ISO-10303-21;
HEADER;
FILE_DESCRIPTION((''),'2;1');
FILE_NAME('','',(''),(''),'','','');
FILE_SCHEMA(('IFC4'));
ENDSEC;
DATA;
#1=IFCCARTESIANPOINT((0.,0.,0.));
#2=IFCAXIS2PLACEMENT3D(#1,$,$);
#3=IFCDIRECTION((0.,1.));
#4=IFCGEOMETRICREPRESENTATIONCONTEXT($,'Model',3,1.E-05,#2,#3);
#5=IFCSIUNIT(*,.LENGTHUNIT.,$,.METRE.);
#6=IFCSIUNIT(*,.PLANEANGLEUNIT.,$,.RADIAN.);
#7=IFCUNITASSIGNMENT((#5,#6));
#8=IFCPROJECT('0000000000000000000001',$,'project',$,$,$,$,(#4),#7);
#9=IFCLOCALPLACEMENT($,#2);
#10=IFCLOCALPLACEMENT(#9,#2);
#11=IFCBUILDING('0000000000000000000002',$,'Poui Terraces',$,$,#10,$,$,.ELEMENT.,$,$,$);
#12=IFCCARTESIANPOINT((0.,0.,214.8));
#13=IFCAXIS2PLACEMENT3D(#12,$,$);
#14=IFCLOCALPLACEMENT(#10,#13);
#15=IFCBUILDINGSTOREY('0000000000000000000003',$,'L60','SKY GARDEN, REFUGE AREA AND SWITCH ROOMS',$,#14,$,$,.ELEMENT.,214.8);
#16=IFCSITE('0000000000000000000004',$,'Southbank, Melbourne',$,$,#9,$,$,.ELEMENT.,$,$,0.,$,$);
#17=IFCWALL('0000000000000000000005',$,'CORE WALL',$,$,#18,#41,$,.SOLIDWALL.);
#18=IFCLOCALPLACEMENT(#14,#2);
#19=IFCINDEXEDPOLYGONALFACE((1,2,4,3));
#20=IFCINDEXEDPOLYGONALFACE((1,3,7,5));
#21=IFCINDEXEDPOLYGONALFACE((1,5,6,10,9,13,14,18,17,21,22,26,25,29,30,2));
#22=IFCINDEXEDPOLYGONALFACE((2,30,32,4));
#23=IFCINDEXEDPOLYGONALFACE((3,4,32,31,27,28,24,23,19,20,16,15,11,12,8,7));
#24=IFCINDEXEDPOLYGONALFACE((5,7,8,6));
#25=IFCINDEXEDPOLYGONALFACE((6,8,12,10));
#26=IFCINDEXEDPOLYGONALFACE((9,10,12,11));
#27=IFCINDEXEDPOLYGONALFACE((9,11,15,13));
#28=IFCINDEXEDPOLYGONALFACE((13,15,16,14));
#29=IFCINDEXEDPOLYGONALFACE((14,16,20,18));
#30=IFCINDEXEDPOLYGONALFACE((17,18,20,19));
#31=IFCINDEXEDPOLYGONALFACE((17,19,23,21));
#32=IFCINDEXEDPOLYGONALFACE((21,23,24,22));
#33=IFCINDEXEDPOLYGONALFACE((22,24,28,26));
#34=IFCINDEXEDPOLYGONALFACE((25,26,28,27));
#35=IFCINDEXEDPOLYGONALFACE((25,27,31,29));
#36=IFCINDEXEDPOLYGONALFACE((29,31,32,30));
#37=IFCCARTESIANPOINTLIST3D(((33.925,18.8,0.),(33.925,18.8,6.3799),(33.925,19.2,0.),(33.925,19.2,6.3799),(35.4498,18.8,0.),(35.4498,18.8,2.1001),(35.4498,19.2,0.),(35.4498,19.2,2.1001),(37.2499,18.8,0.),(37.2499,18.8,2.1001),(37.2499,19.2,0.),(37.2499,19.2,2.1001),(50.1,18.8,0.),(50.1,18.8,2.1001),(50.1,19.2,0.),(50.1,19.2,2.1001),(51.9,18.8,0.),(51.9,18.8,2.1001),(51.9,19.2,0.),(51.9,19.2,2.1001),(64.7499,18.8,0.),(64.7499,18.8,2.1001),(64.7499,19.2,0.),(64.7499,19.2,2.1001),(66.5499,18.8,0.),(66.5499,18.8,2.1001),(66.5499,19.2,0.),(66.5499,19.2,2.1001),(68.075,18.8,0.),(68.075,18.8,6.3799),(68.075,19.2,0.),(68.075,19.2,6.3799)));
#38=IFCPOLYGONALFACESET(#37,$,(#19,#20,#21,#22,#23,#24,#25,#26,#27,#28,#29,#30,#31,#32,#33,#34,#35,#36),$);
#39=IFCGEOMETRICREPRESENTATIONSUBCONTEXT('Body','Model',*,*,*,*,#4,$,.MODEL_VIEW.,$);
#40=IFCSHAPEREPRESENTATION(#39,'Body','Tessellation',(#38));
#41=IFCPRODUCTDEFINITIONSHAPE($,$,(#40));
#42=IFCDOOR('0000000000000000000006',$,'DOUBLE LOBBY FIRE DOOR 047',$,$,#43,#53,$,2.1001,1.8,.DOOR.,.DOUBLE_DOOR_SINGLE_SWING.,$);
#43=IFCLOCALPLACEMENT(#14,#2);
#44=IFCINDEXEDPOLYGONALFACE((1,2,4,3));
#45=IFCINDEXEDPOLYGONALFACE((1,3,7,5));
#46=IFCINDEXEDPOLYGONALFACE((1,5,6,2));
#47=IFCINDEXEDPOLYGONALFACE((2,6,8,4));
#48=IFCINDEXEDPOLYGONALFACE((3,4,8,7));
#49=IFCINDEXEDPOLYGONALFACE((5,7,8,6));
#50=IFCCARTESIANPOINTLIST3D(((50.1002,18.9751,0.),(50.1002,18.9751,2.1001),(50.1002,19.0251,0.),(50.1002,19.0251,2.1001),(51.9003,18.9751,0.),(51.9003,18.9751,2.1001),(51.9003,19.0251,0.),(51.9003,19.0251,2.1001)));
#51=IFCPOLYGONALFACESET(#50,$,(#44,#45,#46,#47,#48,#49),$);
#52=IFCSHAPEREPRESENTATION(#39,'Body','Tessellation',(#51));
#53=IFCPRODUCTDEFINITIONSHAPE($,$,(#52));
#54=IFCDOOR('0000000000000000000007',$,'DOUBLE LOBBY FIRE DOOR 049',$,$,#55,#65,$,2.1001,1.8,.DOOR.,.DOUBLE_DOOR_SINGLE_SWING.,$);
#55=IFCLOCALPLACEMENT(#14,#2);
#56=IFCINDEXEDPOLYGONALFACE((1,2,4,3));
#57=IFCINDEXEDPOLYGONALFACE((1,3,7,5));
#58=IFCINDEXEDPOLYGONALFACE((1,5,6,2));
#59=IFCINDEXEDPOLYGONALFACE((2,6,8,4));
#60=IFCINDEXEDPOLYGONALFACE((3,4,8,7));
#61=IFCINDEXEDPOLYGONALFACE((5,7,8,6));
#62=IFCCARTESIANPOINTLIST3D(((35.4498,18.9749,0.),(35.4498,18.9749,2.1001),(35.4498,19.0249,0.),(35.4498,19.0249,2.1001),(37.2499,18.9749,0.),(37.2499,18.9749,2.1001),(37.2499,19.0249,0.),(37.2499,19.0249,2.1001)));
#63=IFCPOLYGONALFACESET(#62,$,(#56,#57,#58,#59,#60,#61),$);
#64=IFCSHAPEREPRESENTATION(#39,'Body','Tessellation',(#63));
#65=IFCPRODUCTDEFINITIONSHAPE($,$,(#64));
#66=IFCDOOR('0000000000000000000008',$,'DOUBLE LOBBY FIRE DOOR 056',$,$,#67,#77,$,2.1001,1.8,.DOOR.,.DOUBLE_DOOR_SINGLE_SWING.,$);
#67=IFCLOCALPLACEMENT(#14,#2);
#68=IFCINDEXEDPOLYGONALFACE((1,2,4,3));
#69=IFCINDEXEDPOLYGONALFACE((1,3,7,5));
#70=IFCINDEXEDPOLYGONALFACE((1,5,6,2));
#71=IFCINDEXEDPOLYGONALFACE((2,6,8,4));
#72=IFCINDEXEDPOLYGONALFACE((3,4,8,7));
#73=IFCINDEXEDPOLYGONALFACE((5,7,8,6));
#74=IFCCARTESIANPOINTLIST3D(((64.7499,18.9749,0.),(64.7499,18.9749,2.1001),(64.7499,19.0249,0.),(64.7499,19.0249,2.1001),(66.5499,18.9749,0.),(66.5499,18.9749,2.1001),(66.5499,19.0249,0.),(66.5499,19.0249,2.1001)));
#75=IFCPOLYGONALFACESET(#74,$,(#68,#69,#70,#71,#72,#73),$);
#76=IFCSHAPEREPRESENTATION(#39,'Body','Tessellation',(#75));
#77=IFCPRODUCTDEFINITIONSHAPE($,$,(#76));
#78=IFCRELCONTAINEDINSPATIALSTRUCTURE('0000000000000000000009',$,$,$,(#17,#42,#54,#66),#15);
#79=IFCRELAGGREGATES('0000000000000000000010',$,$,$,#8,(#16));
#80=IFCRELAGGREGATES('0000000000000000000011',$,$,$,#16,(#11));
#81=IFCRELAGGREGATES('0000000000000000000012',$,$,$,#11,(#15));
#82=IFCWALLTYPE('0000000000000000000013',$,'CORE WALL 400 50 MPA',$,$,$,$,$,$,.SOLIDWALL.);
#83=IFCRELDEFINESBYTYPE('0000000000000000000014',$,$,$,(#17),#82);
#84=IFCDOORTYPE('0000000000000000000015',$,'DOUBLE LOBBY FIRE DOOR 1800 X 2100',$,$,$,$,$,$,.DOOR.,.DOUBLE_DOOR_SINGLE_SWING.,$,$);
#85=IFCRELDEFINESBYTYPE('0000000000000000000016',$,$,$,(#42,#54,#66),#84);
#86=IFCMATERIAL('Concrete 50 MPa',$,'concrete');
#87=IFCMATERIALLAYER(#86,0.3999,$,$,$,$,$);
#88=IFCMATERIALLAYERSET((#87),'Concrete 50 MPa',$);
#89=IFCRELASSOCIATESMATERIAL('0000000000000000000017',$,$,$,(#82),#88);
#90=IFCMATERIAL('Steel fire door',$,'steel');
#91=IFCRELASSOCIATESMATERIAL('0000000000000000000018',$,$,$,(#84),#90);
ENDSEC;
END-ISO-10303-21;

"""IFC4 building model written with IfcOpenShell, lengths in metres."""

from ifc_helpers import new_model, si_unit, direction, frame, frame_2d, origin, place, context, subcontext, project, spatial, rectangle, extrude, material, layer, layer_set, type_object, element, fill, save


model = new_model("IFC4")

# Units and contexts
model_context = context("Model", 3, precision=1e-05, world=origin(), true_north=direction((0.0, 1.0)))
body_context = subcontext(model_context, "Body", "Model", "MODEL_VIEW")
ifc_project = project(units=[si_unit("LENGTHUNIT", "METRE"), si_unit("PLANEANGLEUNIT", "RADIAN")], contexts=[model_context])

# Site, building, storey
site_placement = place(None, origin())
site = spatial("IfcSite", under=ifc_project, at=site_placement, Name="Southbank, Melbourne", CompositionType="ELEMENT", RefElevation=0.0)
building_placement = place(site_placement, origin())
building = spatial("IfcBuilding", under=site, at=building_placement, Name="Poui Terraces", CompositionType="ELEMENT")
storey_placement = place(building_placement, frame((0.0, 0.0, 214.8)))
storey = spatial("IfcBuildingStorey", under=building, at=storey_placement, Name="L60", Description="SKY GARDEN, REFUGE AREA AND SWITCH ROOMS", CompositionType="ELEMENT", Elevation=214.8)

# Wall, openings, doors
ifc_material_1 = material(Name="Concrete 50 MPa", Category="concrete")
ifc_layer_1 = layer(ifc_material_1, 0.3999)
ifc_layer_set_1 = layer_set([ifc_layer_1], Name="Concrete 50 MPa")
wall_type_1 = type_object("IfcWallType", Name="CORE WALL 400 50 MPA", PredefinedType="SOLIDWALL", material=ifc_layer_set_1)
wall_1_placement = place(storey_placement, frame((33.925, 19.0, 0.0), z_axis=(0.0, 0.0, 1.0), x_axis=(1.0, 0.0, 0.0)))
wall_1 = element("IfcWall", 1, at=wall_1_placement, inside=storey, type_object=wall_type_1, Name="CORE WALL", PredefinedType="SOLIDWALL", context=body_context, shape_type="SweptSolid", body=[
    extrude(rectangle(XDim=34.1499, YDim=0.3999, at=frame_2d((17.075, 0.0))), origin(), (0.0, 0.0, 1.0), 6.3799),
])
opening_1_placement = place(wall_1_placement, frame((16.175, 0.0, 0.0)))
opening_1 = element("IfcOpeningElement", 2, at=opening_1_placement, cuts=wall_1, PredefinedType="OPENING", context=body_context, shape_type="SweptSolid", body=[
    extrude(rectangle(XDim=1.8, YDim=2.1001, at=frame_2d((0.8999, 1.05))), frame((0.0, 0.21, 0.0), z_axis=(0.0, -1.0, 0.0), x_axis=(1.0, 0.0, 0.0)), (0.0, 0.0, 1.0), 0.4199),
])
opening_2_placement = place(wall_1_placement, frame((1.5249, 0.0, 0.0)))
opening_2 = element("IfcOpeningElement", 3, at=opening_2_placement, cuts=wall_1, PredefinedType="OPENING", context=body_context, shape_type="SweptSolid", body=[
    extrude(rectangle(XDim=1.8, YDim=2.1001, at=frame_2d((0.8999, 1.05))), frame((0.0, 0.21, 0.0), z_axis=(0.0, -1.0, 0.0), x_axis=(1.0, 0.0, 0.0)), (0.0, 0.0, 1.0), 0.4199),
])
opening_3_placement = place(wall_1_placement, frame((30.825, 0.0, 0.0)))
opening_3 = element("IfcOpeningElement", 4, at=opening_3_placement, cuts=wall_1, PredefinedType="OPENING", context=body_context, shape_type="SweptSolid", body=[
    extrude(rectangle(XDim=1.8, YDim=2.1001, at=frame_2d((0.8999, 1.05))), frame((0.0, 0.21, 0.0), z_axis=(0.0, -1.0, 0.0), x_axis=(1.0, 0.0, 0.0)), (0.0, 0.0, 1.0), 0.4199),
])
ifc_material_2 = material(Name="Steel fire door", Category="steel")
door_type_1 = type_object("IfcDoorType", Name="DOUBLE LOBBY FIRE DOOR 1800 X 2100", OperationType="DOUBLE_DOOR_SINGLE_SWING", PredefinedType="DOOR", material=ifc_material_2)
door_1_placement = place(opening_1_placement, frame((1.8, 0.0, 0.0), z_axis=(0.0, 0.0, 1.0), x_axis=(-1.0, 0.0, 0.0)))
door_1 = element("IfcDoor", 5, at=door_1_placement, inside=storey, type_object=door_type_1, Name="DOUBLE LOBBY FIRE DOOR 047", OperationType="DOUBLE_DOOR_SINGLE_SWING", OverallHeight=2.1001, OverallWidth=1.8, PredefinedType="DOOR", context=body_context, shape_type="SweptSolid", body=[
    extrude(rectangle(XDim=1.8, YDim=2.1001, at=frame_2d((0.8999, 1.05))), frame((0.0, 0.0249, 0.0), z_axis=(0.0, -1.0, 0.0), x_axis=(1.0, 0.0, 0.0)), (0.0, 0.0, 1.0), 0.05),
])
fill(opening_1, door_1)
door_2_placement = place(opening_2_placement, origin())
door_2 = element("IfcDoor", 6, at=door_2_placement, inside=storey, type_object=door_type_1, Name="DOUBLE LOBBY FIRE DOOR 049", OperationType="DOUBLE_DOOR_SINGLE_SWING", OverallHeight=2.1001, OverallWidth=1.8, PredefinedType="DOOR", context=body_context, shape_type="SweptSolid", body=[
    extrude(rectangle(XDim=1.8, YDim=2.1001, at=frame_2d((0.8999, 1.05))), frame((0.0, 0.0249, 0.0), z_axis=(0.0, -1.0, 0.0), x_axis=(1.0, 0.0, 0.0)), (0.0, 0.0, 1.0), 0.05),
])
fill(opening_2, door_2)
door_3_placement = place(opening_3_placement, origin())
door_3 = element("IfcDoor", 7, at=door_3_placement, inside=storey, type_object=door_type_1, Name="DOUBLE LOBBY FIRE DOOR 056", OperationType="DOUBLE_DOOR_SINGLE_SWING", OverallHeight=2.1001, OverallWidth=1.8, PredefinedType="DOOR", context=body_context, shape_type="SweptSolid", body=[
    extrude(rectangle(XDim=1.8, YDim=2.1001, at=frame_2d((0.8999, 1.05))), frame((0.0, 0.0249, 0.0), z_axis=(0.0, -1.0, 0.0), x_axis=(1.0, 0.0, 0.0)), (0.0, 0.0, 1.0), 0.05),
])
fill(opening_3, door_3)

save(model, "model.ifc")
